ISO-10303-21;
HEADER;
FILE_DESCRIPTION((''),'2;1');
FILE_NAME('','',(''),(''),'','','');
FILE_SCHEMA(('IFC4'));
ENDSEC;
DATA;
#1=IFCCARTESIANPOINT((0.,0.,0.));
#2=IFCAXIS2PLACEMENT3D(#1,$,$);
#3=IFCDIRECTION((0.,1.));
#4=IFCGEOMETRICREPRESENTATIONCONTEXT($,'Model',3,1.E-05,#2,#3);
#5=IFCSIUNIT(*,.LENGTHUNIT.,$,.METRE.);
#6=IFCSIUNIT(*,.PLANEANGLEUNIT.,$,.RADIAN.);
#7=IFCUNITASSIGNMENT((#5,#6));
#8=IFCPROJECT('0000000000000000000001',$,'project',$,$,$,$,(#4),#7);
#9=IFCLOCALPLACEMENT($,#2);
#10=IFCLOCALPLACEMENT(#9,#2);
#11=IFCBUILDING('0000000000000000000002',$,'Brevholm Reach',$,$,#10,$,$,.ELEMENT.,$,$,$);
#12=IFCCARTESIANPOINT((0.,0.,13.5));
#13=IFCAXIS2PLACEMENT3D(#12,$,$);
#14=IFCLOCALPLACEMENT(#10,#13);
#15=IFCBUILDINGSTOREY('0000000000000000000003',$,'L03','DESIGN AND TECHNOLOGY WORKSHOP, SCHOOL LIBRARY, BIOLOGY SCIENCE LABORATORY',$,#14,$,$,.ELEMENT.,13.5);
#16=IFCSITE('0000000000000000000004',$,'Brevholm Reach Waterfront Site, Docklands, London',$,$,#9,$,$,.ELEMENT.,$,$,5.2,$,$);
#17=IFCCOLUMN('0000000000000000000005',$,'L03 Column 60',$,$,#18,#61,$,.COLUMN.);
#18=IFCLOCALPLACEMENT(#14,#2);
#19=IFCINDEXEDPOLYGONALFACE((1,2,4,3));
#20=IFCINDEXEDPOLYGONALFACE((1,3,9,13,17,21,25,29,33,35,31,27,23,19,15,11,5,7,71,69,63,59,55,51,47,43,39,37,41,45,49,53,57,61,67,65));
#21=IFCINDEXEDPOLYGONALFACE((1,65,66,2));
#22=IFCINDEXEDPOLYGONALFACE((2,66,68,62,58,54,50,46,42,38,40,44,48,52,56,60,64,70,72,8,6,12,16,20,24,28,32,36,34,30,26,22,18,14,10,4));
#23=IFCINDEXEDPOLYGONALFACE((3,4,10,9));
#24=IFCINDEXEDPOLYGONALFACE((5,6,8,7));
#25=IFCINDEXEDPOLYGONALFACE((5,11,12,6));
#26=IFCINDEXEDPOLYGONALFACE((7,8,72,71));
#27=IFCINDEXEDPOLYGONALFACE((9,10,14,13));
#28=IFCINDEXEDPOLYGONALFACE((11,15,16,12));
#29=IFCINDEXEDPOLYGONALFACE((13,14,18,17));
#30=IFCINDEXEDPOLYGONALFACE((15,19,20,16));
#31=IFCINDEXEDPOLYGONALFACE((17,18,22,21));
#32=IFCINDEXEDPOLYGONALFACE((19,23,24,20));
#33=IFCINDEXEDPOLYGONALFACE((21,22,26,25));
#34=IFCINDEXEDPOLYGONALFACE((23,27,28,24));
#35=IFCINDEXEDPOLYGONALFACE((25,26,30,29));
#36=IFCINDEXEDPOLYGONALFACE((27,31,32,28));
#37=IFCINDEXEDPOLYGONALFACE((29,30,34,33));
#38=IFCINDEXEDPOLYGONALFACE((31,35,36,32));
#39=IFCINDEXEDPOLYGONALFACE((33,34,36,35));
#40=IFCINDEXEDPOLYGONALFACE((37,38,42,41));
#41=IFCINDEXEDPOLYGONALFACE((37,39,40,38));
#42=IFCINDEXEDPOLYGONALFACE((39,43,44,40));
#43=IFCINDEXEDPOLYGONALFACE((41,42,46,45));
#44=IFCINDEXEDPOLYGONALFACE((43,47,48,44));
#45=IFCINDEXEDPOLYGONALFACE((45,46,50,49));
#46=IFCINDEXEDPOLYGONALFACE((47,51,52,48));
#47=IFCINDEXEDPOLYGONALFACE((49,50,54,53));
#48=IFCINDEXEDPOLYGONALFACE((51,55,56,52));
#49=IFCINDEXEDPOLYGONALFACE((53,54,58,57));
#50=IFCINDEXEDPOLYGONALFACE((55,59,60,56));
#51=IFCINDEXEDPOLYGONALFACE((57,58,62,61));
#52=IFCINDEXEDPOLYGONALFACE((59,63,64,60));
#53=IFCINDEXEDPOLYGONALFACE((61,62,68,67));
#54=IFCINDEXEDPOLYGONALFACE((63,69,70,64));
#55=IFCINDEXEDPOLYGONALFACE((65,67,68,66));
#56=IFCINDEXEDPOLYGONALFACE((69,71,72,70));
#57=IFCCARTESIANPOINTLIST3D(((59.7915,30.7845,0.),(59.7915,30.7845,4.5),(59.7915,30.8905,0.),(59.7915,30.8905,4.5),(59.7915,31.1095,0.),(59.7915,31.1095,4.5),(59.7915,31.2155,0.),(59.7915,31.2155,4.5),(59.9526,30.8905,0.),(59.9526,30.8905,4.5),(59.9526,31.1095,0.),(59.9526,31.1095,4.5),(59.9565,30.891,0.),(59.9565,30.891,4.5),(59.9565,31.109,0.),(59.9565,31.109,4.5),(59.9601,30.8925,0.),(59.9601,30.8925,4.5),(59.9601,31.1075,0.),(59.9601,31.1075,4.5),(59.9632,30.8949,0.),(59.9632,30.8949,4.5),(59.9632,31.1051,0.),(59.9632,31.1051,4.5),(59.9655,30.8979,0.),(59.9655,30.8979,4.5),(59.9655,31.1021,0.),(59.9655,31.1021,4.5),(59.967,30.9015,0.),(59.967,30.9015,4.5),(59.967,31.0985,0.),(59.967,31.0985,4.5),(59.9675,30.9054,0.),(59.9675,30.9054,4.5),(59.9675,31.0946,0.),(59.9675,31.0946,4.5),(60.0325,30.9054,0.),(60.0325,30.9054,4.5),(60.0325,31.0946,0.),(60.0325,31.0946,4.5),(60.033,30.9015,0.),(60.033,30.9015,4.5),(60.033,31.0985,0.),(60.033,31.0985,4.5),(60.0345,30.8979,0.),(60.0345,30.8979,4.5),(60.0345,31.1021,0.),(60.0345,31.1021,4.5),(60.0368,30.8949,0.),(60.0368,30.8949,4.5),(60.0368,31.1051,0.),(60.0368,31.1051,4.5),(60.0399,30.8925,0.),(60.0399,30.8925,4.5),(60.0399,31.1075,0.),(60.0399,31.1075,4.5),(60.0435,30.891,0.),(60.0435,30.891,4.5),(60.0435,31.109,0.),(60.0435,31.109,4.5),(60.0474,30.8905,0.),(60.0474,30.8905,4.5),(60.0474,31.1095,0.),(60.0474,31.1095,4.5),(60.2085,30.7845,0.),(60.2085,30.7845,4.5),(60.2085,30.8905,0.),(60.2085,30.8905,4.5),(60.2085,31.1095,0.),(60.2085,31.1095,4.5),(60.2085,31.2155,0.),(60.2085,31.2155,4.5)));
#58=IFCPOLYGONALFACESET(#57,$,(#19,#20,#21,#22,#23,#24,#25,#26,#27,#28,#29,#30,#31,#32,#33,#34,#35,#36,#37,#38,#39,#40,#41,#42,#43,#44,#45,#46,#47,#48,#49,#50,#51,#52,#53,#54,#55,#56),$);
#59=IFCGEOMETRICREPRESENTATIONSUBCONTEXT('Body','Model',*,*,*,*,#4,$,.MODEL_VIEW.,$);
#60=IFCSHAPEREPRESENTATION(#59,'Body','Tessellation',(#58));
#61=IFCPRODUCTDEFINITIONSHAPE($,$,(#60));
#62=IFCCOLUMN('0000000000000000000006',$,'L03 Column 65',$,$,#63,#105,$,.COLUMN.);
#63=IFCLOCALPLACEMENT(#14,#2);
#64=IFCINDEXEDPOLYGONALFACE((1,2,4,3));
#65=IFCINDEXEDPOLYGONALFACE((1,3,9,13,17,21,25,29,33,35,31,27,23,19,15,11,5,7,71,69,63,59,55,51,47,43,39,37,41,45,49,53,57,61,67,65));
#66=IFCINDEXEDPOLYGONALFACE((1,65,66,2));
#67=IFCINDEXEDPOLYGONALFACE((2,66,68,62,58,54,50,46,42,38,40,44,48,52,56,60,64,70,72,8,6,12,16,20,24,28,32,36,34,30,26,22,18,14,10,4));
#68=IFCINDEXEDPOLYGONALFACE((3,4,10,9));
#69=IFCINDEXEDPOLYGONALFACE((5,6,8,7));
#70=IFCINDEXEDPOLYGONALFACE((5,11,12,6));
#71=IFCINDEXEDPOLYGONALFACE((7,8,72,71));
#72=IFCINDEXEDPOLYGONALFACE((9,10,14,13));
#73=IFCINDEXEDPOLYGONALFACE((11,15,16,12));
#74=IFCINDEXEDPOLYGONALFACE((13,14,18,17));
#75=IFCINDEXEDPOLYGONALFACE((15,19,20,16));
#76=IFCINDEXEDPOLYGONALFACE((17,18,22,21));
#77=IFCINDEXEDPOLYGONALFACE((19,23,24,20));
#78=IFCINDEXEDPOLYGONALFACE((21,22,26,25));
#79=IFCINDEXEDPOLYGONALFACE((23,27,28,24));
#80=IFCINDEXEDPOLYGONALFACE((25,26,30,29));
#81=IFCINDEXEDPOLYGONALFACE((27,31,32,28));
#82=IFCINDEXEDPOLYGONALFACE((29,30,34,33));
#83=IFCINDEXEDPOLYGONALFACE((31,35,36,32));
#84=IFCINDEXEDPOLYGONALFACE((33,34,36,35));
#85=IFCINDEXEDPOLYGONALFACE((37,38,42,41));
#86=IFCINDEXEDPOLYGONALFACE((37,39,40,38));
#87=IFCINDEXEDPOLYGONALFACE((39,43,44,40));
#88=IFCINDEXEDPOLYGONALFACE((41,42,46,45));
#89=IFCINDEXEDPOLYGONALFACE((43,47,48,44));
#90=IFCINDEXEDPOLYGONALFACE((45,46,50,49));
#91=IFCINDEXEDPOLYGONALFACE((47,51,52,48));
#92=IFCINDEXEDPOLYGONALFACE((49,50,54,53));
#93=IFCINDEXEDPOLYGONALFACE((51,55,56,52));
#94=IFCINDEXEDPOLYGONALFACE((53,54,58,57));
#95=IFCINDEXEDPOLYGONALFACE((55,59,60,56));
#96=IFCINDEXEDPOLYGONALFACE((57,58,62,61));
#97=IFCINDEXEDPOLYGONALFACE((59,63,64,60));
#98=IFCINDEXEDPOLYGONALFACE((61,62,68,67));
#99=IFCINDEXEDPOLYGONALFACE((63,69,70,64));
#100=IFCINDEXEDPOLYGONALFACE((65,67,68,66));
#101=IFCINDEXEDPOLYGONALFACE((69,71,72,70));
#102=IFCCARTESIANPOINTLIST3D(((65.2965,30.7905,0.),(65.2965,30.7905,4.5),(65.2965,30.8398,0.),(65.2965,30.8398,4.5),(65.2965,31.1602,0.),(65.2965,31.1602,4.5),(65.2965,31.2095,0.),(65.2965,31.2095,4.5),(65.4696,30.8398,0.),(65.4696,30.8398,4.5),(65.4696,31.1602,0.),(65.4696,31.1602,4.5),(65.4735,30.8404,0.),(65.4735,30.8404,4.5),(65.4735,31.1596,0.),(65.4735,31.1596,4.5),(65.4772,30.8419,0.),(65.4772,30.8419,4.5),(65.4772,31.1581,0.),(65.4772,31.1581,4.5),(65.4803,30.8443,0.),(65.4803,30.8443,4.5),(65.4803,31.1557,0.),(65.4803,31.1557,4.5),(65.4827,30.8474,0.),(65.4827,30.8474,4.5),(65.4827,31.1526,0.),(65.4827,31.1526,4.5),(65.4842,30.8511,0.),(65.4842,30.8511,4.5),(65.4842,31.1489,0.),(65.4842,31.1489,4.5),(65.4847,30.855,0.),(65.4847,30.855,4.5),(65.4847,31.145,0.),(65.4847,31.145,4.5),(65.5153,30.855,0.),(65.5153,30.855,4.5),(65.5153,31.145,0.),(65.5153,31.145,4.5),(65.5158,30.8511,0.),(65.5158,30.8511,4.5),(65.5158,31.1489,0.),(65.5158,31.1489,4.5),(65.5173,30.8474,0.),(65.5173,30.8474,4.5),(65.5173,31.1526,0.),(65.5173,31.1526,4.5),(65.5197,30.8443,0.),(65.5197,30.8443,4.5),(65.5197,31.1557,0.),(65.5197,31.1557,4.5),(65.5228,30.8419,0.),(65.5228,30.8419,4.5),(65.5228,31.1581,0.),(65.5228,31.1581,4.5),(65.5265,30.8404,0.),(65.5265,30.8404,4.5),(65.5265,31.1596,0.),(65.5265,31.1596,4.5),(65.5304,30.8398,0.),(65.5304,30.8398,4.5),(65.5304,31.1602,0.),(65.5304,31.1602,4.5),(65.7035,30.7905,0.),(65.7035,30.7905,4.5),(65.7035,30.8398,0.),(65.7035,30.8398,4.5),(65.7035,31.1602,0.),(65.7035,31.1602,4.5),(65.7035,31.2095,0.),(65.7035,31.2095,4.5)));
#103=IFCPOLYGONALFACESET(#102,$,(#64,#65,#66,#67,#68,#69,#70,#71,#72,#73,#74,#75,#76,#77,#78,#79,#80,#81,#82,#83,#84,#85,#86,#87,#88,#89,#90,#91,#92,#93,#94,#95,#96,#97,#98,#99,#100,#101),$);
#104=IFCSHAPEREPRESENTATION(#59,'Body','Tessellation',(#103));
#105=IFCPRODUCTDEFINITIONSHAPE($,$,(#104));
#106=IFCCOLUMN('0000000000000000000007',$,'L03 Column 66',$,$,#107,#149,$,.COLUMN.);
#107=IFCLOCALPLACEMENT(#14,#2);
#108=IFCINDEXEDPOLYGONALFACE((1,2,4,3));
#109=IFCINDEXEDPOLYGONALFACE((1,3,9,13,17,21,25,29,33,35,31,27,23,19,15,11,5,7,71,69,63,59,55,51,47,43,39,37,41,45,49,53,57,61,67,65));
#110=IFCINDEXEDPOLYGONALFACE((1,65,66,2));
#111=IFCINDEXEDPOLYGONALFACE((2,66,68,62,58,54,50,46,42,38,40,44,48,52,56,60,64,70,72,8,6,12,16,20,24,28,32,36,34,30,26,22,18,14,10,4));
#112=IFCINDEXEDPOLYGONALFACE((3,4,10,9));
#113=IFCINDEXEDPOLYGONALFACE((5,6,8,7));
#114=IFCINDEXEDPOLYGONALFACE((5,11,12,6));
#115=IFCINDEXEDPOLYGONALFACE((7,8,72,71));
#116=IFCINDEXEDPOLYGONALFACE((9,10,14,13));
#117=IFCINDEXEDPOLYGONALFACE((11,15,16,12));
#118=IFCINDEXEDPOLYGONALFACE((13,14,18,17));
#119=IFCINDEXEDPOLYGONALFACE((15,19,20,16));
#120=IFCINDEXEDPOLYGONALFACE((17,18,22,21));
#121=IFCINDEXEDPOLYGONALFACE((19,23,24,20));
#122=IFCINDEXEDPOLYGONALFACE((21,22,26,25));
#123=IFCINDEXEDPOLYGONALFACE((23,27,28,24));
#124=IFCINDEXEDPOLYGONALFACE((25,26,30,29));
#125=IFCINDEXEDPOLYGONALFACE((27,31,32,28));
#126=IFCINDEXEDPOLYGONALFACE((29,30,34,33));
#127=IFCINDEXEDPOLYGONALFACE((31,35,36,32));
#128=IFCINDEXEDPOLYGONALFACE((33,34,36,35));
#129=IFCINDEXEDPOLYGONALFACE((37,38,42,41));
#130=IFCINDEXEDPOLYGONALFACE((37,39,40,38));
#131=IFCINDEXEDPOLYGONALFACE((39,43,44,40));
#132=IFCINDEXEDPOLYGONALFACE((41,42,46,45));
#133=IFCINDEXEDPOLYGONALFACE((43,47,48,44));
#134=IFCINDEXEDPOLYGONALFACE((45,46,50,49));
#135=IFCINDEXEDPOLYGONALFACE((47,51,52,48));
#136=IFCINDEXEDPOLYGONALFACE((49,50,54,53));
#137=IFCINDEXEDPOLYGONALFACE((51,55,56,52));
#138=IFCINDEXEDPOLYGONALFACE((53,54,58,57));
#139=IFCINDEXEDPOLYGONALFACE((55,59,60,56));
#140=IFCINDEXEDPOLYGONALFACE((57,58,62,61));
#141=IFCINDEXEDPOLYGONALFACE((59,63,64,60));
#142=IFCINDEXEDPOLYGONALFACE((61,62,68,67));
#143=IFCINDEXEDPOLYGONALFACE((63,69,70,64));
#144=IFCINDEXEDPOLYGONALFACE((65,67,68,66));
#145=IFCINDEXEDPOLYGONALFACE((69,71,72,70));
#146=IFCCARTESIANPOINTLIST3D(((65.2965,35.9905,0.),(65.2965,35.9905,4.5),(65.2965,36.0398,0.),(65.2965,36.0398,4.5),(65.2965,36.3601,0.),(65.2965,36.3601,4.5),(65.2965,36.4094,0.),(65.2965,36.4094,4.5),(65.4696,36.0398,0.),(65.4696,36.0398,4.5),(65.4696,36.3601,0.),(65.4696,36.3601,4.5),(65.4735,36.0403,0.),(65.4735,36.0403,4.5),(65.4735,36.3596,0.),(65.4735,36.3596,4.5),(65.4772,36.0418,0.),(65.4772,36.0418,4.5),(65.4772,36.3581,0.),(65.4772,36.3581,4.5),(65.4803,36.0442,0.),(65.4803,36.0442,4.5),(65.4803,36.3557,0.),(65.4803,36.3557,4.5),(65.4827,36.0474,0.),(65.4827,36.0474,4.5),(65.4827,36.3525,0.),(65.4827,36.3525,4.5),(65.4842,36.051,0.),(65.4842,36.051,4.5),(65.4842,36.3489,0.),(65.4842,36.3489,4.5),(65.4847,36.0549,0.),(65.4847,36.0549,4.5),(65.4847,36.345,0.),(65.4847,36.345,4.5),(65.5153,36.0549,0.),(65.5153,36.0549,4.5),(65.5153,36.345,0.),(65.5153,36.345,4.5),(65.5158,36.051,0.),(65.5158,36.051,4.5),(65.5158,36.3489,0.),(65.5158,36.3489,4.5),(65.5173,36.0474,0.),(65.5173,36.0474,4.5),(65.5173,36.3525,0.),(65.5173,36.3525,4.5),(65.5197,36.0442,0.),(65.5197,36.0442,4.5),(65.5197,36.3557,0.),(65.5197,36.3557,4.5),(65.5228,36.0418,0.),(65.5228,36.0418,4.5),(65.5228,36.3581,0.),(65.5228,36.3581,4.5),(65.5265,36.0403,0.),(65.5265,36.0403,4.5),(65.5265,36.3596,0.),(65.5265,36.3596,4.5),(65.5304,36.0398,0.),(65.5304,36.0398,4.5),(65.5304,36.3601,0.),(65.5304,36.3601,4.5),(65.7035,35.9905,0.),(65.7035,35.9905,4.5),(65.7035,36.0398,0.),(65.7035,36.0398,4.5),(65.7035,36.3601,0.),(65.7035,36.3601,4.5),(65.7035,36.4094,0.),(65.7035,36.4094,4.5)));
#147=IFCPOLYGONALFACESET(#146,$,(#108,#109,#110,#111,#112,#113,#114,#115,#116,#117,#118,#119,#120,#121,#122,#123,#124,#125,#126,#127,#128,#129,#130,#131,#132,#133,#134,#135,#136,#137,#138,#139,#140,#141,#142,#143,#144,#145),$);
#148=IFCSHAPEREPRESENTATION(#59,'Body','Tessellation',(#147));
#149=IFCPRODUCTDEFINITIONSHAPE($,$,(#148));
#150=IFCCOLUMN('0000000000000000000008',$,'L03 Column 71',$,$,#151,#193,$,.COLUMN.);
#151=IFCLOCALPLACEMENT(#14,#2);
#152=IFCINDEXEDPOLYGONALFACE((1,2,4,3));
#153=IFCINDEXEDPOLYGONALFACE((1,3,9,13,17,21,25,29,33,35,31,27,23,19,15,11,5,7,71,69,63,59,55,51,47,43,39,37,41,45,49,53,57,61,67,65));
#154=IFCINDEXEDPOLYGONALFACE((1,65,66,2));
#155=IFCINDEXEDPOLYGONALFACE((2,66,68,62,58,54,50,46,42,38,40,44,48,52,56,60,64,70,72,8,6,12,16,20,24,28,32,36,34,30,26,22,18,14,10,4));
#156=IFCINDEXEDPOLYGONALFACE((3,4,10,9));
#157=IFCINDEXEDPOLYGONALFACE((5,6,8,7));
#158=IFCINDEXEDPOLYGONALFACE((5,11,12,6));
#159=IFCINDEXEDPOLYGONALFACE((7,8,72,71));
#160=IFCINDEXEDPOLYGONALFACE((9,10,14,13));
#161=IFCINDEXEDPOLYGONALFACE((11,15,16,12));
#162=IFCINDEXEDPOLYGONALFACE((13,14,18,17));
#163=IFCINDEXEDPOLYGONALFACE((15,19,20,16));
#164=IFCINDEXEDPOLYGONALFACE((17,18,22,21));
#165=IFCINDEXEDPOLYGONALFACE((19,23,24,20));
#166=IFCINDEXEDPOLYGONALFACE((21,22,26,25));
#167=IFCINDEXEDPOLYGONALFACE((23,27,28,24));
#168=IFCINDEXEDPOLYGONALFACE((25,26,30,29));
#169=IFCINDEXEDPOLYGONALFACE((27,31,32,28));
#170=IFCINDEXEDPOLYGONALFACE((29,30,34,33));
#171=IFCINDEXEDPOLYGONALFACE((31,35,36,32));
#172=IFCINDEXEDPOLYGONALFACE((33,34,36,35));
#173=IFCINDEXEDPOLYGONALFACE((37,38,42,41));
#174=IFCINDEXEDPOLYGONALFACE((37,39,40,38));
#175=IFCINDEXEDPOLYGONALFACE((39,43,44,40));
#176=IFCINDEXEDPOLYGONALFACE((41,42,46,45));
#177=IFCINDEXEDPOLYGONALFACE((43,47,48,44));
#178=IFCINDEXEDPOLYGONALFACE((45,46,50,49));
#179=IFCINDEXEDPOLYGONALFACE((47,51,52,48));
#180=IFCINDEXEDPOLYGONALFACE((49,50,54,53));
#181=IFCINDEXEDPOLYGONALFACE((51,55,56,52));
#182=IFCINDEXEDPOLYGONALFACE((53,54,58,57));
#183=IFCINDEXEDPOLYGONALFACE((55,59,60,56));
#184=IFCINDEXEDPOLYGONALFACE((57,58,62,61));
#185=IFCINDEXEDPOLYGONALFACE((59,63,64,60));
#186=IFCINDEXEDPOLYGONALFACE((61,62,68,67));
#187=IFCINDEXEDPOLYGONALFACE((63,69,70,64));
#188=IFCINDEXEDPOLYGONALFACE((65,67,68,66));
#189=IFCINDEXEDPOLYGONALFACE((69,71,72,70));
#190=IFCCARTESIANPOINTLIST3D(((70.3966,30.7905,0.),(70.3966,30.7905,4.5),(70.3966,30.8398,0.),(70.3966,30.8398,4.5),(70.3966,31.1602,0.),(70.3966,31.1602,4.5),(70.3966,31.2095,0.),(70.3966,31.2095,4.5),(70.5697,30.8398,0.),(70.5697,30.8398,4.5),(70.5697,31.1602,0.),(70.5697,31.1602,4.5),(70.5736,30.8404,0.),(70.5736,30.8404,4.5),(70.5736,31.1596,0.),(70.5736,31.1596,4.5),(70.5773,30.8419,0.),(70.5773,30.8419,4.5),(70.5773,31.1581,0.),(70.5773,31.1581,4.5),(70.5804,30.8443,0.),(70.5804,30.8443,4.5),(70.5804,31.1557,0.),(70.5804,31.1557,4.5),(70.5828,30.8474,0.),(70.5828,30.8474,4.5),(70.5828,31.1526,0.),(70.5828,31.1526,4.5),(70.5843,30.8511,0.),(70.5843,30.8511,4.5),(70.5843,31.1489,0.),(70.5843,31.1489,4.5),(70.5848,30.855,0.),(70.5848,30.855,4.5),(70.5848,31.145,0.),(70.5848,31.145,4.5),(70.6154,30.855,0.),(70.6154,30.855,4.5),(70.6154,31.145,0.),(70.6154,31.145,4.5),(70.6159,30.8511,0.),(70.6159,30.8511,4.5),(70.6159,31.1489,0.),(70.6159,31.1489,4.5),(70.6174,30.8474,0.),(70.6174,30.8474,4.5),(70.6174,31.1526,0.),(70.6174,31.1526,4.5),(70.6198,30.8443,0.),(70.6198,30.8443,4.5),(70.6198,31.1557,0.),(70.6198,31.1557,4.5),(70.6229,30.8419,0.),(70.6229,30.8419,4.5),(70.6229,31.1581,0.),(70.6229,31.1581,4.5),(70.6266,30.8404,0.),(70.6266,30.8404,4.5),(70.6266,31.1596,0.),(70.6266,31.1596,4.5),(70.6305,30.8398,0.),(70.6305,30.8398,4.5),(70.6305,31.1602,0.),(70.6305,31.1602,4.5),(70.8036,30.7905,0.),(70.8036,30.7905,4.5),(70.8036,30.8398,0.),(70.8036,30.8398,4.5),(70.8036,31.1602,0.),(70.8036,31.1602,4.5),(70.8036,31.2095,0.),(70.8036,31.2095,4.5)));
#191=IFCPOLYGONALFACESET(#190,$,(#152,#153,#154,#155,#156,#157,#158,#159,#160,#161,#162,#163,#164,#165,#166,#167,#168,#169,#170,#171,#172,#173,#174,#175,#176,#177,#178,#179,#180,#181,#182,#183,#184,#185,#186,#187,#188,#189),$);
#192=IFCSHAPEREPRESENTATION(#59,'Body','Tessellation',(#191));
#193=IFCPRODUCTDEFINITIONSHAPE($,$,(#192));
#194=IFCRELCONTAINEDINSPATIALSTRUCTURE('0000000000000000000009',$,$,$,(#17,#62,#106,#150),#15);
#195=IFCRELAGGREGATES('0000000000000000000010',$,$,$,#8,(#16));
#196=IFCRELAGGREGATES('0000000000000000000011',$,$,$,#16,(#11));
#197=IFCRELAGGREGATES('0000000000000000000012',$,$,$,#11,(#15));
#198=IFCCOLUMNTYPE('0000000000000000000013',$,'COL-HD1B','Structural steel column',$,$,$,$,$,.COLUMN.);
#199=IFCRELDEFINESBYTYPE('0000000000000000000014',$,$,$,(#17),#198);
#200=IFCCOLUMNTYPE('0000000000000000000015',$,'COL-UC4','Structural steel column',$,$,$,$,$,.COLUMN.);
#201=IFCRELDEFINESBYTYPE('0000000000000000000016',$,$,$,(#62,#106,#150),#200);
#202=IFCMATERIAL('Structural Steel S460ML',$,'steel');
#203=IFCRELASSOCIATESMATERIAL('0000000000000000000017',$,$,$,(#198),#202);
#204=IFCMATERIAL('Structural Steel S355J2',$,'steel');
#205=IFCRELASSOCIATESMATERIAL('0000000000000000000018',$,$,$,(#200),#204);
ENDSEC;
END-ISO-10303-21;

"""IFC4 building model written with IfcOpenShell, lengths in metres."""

from ifc_helpers import new_model, si_unit, direction, frame, origin, origin_2d, place, context, subcontext, project, spatial, i_section, extrude, material, material_profile, profile_set, type_object, element, save


model = new_model("IFC4")

# Units and contexts
model_context = context("Model", 3, precision=1e-05, world=origin(), true_north=direction((0.0, 1.0)))
body_context = subcontext(model_context, "Body", "Model", "MODEL_VIEW")
ifc_project = project(units=[si_unit("LENGTHUNIT", "METRE"), si_unit("PLANEANGLEUNIT", "RADIAN")], contexts=[model_context])

# Site, building, storey
site_placement = place(None, origin())
site = spatial("IfcSite", under=ifc_project, at=site_placement, Name="Brevholm Reach Waterfront Site, Docklands, London", CompositionType="ELEMENT", RefElevation=5.2)
building_placement = place(site_placement, origin())
building = spatial("IfcBuilding", under=site, at=building_placement, Name="Brevholm Reach", CompositionType="ELEMENT")
storey_placement = place(building_placement, frame((0.0, 0.0, 13.5)))
storey = spatial("IfcBuildingStorey", under=building, at=storey_placement, Name="L03", Description="DESIGN AND TECHNOLOGY WORKSHOP, SCHOOL LIBRARY, BIOLOGY SCIENCE LABORATORY", CompositionType="ELEMENT", Elevation=13.5)

# Columns
ifc_material_1 = material(Name="Structural Steel S460ML", Category="steel")
ifc_material_profile_1 = material_profile(ifc_material_1, i_section(OverallWidth=0.417, OverallDepth=0.4309, WebThickness=0.0649, FlangeThickness=0.106, FilletRadius=0.0149, at=origin_2d()), Name="HD 400x900")
ifc_profile_set_1 = profile_set([ifc_material_profile_1], Name="Structural Steel S460ML")
column_type_1 = type_object("IfcColumnType", Name="COL-HD1B", Description="Structural steel column", PredefinedType="COLUMN", material=ifc_profile_set_1)
column_placement = place(storey_placement, frame((60.0, 31.0, 0.0), z_axis=(0.0, 0.0, 1.0), x_axis=(1.0, 0.0, 0.0)))
element("IfcColumn", 1, at=column_placement, inside=storey, type_object=column_type_1, Name="L03 Column 60", PredefinedType="COLUMN", context=body_context, shape_type="SweptSolid", body=[
    extrude(i_section(OverallWidth=0.417, OverallDepth=0.4309, WebThickness=0.0649, FlangeThickness=0.106, FilletRadius=0.0149, at=origin_2d()), origin(), (0.0, 0.0, 1.0), 4.5),
])
ifc_material_2 = material(Name="Structural Steel S355J2", Category="steel")
ifc_material_profile_2 = material_profile(ifc_material_2, i_section(OverallWidth=0.407, OverallDepth=0.4189, WebThickness=0.0305, FlangeThickness=0.0493, FilletRadius=0.0151, at=origin_2d()), Name="UKC 356x406x393")
ifc_profile_set_2 = profile_set([ifc_material_profile_2], Name="Structural Steel S355J2")
column_type_2 = type_object("IfcColumnType", Name="COL-UC4", Description="Structural steel column", PredefinedType="COLUMN", material=ifc_profile_set_2)
for number, where, z_axis, x_axis, name in (
    (2, (65.5, 31.0, 0.0), (0.0, 0.0, 1.0), (1.0, 0.0, 0.0), "L03 Column 65"),
    (3, (65.5, 36.2, 0.0), (0.0, 0.0, 1.0), (1.0, 0.0, 0.0), "L03 Column 66"),
    (4, (70.6001, 31.0, 0.0), (0.0, 0.0, 1.0), (1.0, 0.0, 0.0), "L03 Column 71"),
):
    element("IfcColumn", number, at=place(storey_placement, frame(where, z_axis=z_axis, x_axis=x_axis)), inside=storey, type_object=column_type_2, Name=name, PredefinedType="COLUMN", context=body_context, shape_type="SweptSolid", body=[
        extrude(i_section(OverallWidth=0.407, OverallDepth=0.4189, WebThickness=0.0305, FlangeThickness=0.0493, FilletRadius=0.0151, at=origin_2d()), origin(), (0.0, 0.0, 1.0), 4.5),
    ])

save(model, "model.ifc")
